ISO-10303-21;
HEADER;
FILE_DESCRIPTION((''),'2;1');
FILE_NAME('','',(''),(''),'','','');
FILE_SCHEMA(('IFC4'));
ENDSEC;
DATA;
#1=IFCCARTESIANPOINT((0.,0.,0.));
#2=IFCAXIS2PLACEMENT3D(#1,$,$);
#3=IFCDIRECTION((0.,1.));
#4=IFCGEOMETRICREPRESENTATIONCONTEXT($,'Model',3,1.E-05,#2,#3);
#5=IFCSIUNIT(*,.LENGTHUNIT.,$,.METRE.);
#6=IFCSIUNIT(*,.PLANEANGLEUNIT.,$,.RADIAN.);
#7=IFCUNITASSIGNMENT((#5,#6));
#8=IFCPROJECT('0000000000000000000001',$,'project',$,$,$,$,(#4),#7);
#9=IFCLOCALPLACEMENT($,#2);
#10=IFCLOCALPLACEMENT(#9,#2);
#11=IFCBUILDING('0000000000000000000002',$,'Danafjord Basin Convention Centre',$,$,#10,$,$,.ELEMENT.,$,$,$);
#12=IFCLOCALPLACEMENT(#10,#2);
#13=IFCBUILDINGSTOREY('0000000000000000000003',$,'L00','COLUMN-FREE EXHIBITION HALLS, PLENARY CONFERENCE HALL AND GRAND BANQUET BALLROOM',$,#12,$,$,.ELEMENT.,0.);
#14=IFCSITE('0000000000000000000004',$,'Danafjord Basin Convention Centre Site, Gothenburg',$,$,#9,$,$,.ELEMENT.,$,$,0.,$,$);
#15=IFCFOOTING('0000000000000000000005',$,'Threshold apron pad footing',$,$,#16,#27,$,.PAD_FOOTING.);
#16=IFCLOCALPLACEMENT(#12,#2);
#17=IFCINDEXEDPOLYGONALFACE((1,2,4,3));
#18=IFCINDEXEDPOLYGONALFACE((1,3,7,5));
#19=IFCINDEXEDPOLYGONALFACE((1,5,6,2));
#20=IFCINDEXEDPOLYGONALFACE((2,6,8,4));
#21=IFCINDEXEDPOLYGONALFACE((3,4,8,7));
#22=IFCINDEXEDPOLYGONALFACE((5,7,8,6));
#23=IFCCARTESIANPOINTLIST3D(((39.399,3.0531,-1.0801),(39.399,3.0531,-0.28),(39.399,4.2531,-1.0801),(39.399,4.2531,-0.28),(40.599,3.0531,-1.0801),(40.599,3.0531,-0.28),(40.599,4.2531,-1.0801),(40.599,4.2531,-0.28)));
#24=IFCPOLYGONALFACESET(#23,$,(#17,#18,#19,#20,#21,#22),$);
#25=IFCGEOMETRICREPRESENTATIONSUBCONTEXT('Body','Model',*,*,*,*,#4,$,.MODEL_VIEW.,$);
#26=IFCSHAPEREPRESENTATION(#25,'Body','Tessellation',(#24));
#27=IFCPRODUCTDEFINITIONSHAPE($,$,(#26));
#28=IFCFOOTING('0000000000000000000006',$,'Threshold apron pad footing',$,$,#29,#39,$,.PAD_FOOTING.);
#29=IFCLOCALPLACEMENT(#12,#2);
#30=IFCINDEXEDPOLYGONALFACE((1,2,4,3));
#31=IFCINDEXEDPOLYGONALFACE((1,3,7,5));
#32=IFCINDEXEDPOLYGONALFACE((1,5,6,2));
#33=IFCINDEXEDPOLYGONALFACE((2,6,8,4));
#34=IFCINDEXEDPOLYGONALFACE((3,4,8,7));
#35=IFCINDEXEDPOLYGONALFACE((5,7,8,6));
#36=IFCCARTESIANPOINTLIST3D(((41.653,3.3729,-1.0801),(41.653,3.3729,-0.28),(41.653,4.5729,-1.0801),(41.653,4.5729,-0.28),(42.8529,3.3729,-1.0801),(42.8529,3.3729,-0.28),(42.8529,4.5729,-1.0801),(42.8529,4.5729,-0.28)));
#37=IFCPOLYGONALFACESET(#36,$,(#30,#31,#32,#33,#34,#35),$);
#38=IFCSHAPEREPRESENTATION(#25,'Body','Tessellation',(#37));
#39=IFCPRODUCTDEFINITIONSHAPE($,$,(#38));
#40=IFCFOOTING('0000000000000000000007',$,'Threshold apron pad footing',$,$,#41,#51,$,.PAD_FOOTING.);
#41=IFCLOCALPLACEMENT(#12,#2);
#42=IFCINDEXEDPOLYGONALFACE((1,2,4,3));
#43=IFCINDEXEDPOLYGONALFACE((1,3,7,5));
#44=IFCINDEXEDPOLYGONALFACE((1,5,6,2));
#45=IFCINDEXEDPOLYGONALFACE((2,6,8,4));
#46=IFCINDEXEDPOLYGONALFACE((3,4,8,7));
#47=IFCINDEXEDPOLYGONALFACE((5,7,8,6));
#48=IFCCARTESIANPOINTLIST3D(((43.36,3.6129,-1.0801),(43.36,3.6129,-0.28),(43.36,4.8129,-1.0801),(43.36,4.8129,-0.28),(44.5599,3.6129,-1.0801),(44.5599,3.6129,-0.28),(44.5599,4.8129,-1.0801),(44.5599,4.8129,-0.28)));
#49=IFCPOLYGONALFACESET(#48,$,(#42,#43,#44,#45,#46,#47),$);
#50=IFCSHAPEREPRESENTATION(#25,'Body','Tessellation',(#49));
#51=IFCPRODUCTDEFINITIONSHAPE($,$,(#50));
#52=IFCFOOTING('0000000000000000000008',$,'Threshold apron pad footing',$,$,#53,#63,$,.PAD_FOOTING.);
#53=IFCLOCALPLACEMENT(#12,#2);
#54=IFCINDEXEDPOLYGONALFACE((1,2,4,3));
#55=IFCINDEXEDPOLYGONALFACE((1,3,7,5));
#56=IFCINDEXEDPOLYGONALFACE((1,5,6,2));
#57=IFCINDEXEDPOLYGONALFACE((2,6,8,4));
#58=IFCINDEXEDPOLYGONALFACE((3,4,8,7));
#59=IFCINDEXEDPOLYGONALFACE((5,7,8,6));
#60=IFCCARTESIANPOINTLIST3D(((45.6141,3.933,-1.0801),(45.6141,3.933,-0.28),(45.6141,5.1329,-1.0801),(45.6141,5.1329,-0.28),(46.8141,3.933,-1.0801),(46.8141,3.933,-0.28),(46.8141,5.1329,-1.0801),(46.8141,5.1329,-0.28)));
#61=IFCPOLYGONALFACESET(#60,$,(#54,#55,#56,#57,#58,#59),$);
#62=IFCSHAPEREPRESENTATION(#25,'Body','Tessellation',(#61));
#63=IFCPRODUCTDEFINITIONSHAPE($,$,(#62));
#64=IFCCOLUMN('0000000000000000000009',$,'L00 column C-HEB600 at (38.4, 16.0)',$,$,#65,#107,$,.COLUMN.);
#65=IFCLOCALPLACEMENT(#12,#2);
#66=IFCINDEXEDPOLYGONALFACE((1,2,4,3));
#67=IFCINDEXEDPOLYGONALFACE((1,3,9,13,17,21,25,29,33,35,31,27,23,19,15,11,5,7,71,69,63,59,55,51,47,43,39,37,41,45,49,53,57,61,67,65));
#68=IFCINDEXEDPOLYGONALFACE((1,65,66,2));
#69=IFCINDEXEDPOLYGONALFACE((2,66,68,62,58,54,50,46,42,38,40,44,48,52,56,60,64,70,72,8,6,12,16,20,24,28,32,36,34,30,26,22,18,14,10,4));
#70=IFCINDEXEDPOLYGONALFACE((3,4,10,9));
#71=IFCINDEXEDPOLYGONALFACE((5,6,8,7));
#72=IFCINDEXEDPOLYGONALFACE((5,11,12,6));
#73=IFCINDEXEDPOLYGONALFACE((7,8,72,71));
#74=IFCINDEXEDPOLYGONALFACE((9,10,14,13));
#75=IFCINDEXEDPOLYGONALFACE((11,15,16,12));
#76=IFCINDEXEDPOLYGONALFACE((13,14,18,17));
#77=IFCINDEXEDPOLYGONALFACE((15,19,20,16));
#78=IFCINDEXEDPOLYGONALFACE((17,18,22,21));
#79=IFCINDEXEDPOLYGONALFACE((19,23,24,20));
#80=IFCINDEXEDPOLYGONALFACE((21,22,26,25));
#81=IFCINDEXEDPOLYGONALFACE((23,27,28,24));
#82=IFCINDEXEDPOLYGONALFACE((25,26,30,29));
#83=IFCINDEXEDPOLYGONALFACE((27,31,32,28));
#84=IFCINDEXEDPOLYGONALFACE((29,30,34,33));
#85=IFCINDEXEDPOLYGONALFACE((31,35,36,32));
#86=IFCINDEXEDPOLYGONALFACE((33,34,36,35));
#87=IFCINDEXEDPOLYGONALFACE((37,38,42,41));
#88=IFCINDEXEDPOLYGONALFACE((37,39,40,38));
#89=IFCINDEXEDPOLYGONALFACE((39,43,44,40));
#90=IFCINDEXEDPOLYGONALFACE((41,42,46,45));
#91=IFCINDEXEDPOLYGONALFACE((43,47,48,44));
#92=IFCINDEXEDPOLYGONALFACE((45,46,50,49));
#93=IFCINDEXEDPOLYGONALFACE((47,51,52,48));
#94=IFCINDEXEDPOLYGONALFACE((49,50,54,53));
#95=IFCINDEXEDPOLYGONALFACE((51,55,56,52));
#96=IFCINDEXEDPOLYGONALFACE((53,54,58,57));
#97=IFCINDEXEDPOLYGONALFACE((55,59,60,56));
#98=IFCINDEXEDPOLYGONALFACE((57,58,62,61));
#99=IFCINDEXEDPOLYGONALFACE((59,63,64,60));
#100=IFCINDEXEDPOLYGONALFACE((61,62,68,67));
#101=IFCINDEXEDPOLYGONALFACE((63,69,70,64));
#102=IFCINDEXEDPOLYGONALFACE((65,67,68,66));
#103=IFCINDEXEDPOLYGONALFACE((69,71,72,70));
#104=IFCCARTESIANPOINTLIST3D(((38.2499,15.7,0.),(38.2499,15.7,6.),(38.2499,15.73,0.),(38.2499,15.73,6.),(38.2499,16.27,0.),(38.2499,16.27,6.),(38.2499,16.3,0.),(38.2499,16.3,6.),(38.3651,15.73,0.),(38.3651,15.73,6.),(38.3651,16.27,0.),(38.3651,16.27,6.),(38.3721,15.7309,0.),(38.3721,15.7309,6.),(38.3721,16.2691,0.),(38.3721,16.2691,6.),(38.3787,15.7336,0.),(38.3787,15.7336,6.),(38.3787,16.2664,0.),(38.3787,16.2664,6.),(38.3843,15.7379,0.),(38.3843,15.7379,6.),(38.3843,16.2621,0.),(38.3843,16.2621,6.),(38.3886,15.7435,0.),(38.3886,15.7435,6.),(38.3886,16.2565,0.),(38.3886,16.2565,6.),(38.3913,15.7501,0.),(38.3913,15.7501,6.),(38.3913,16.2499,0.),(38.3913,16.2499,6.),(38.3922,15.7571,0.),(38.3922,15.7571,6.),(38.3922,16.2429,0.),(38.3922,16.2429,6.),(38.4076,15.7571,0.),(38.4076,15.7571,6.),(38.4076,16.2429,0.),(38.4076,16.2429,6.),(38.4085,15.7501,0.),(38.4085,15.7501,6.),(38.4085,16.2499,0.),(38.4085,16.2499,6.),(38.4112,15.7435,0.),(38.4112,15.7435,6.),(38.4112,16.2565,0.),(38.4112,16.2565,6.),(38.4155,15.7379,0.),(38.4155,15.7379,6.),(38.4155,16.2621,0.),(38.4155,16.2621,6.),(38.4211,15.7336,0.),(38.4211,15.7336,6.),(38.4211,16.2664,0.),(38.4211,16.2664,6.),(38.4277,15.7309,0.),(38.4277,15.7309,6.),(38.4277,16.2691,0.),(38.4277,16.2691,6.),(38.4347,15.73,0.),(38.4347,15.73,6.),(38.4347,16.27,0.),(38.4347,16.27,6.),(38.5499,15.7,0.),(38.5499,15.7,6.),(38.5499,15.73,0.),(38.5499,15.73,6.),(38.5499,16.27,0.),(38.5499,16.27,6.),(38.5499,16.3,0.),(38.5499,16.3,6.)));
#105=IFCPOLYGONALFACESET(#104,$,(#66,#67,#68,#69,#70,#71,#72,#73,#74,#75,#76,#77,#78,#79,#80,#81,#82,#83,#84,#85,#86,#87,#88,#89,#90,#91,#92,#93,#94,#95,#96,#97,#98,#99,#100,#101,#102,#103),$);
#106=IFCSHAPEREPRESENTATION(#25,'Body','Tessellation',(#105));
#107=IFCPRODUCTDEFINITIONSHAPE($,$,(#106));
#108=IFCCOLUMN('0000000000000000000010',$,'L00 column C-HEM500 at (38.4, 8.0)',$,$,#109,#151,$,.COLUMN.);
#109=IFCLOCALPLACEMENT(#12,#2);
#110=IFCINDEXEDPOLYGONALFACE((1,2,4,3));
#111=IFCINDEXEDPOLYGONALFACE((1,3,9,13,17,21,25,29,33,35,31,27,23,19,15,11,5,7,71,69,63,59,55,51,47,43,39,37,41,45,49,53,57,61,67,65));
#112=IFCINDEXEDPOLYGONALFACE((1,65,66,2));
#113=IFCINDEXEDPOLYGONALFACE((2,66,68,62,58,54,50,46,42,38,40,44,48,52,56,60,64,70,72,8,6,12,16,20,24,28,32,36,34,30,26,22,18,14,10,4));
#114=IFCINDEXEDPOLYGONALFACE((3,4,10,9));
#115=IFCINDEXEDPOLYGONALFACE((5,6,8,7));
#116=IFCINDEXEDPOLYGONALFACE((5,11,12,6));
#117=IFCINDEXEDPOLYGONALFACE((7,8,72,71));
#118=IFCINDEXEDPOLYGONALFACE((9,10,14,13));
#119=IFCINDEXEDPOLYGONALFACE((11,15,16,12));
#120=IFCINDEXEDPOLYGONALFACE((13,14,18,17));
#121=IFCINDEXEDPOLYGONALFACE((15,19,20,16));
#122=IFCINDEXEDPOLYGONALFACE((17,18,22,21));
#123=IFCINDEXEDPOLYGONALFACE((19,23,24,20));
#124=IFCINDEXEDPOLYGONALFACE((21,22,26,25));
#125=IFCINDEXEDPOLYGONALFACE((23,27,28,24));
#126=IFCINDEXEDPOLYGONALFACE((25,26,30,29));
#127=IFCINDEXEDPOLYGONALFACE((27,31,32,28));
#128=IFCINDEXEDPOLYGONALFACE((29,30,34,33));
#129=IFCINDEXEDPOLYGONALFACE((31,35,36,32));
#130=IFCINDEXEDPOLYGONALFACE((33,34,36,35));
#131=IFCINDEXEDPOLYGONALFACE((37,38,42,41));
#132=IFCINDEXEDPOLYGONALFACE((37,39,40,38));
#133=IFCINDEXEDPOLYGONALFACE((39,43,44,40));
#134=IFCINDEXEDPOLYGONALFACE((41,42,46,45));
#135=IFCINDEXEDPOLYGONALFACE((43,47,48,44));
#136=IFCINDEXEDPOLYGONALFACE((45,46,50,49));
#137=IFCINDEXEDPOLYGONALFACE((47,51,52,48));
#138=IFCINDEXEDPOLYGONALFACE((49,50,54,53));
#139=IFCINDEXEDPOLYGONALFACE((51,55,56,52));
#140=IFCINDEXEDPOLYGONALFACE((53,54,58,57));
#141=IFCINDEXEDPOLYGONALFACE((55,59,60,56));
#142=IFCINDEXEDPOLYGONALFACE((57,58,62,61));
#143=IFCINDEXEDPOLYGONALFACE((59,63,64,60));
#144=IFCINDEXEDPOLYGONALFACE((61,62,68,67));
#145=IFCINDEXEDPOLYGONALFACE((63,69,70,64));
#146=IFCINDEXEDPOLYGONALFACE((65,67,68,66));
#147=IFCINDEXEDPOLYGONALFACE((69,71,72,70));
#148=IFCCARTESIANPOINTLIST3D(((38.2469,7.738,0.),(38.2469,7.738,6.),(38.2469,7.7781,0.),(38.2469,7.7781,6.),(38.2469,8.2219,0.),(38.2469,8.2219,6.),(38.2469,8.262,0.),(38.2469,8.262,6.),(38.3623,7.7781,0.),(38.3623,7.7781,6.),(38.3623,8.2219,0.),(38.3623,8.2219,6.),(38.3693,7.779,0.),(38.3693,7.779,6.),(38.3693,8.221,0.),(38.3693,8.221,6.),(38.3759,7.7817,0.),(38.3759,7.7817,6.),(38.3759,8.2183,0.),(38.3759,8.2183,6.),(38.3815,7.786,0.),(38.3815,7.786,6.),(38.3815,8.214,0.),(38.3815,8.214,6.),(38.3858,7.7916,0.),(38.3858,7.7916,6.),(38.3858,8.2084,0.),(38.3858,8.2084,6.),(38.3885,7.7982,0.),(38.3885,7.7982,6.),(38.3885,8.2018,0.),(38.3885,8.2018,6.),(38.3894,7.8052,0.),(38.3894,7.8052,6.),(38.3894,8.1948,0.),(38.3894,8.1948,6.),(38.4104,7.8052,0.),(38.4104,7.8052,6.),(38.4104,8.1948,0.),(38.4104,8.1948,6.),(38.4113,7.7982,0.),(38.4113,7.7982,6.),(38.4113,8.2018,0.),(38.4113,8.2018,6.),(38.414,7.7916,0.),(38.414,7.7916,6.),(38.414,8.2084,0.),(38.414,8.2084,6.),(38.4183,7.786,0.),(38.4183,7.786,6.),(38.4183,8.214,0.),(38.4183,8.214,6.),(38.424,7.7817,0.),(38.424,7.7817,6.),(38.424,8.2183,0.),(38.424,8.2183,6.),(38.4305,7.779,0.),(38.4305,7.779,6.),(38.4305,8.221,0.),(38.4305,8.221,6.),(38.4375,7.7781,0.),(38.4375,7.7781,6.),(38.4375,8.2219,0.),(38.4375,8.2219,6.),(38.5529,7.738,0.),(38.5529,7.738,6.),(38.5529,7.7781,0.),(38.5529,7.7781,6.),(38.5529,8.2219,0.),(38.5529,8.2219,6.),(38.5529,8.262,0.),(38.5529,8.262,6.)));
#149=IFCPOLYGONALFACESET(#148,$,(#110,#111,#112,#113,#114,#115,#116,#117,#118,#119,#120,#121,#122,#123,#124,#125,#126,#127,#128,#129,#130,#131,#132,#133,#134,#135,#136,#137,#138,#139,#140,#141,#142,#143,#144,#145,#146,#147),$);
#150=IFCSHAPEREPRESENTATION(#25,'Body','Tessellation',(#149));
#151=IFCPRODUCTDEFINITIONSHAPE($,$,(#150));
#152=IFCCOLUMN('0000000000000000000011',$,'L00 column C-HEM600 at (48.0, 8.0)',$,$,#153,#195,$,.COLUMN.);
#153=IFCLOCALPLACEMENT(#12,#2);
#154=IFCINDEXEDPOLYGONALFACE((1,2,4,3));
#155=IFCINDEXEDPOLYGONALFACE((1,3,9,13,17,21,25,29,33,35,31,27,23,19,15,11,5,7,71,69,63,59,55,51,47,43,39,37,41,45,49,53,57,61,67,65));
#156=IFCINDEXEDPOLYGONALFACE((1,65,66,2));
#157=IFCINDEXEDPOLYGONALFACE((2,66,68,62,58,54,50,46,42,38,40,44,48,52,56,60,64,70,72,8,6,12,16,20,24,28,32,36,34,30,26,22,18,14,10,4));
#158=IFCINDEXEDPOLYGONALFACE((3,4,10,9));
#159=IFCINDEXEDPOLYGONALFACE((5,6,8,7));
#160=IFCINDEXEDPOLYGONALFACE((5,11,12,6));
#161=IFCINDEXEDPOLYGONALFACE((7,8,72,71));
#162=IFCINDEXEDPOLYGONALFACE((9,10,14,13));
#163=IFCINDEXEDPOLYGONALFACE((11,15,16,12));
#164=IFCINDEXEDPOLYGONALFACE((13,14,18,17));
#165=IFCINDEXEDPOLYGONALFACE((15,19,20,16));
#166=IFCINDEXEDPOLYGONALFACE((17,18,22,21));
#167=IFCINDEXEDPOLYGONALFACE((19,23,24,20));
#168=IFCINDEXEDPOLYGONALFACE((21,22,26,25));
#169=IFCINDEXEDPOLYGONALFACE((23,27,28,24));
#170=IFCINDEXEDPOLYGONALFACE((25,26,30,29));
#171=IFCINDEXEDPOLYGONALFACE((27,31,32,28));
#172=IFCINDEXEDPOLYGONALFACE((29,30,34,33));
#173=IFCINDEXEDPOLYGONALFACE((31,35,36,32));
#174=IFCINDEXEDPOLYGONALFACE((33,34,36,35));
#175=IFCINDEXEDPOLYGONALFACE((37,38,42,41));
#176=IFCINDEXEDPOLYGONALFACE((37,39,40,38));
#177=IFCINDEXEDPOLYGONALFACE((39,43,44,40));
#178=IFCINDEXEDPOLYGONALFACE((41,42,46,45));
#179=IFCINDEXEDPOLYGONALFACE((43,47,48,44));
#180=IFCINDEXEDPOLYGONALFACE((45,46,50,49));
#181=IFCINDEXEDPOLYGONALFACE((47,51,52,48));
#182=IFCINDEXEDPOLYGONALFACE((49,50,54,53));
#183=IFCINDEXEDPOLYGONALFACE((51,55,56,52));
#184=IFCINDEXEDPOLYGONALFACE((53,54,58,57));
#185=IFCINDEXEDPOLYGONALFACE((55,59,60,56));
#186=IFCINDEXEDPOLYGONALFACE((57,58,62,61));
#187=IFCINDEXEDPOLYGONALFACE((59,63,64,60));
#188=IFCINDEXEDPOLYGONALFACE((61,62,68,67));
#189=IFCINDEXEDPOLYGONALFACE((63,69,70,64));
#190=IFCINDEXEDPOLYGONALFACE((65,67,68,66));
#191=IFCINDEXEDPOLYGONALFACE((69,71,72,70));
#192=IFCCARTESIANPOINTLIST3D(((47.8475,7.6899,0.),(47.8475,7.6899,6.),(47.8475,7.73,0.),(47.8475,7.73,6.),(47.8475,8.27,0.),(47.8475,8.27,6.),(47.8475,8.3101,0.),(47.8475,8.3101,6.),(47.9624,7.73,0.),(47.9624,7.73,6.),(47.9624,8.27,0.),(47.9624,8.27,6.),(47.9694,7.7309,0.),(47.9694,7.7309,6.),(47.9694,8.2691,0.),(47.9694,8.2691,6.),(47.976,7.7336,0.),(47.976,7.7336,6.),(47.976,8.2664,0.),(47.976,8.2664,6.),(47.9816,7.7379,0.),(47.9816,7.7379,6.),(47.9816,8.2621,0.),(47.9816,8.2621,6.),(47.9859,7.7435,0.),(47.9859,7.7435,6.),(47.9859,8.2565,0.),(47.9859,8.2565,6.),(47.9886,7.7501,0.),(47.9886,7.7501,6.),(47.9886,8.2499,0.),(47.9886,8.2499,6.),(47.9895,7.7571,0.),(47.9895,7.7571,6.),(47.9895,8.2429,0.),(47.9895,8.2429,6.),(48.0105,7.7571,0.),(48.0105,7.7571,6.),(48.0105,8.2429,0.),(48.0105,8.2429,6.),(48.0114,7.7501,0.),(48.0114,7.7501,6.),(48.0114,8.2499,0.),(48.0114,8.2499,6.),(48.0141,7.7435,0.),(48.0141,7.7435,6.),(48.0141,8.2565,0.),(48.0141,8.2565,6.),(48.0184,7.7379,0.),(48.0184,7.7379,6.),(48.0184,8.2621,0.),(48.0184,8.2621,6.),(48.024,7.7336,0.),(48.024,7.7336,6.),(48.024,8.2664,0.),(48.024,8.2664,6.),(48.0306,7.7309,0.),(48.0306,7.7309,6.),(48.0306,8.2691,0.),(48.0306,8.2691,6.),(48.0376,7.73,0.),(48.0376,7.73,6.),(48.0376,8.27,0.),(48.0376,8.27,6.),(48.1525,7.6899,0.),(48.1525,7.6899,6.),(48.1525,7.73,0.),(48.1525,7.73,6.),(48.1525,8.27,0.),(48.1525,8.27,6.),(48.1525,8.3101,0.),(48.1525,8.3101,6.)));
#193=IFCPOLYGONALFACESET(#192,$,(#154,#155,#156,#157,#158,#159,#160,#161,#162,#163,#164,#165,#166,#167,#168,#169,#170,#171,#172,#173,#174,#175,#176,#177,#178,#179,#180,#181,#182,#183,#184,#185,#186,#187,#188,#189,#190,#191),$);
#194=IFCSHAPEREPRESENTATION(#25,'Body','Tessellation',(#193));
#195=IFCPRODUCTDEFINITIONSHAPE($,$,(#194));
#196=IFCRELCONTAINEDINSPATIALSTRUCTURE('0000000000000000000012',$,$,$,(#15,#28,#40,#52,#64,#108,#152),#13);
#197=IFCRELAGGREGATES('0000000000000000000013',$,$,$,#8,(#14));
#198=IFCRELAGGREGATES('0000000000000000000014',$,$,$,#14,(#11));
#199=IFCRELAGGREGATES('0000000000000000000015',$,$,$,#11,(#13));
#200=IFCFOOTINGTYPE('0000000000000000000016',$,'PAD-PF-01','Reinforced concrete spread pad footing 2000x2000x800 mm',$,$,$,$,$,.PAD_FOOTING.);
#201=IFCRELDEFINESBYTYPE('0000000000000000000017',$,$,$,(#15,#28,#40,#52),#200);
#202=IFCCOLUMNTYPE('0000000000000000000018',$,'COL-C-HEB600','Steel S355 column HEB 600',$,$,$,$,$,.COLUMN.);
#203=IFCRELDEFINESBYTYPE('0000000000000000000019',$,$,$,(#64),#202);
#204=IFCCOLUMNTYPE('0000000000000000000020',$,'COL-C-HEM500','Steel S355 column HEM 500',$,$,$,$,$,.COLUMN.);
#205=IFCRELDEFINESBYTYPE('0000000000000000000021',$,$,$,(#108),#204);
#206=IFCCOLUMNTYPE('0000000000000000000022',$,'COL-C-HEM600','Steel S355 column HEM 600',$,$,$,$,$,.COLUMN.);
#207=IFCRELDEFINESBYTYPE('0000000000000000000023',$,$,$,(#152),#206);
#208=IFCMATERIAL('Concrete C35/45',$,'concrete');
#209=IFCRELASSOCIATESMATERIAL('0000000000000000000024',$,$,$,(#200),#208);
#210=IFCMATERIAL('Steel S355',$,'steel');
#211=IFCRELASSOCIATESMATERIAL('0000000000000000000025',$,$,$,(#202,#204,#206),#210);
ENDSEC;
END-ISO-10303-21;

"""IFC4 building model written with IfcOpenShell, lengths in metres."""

from ifc_helpers import new_model, si_unit, direction, frame, origin, origin_2d, place, context, subcontext, project, spatial, rectangle, i_section, extrude, material, material_profile, profile_set, type_object, element, save


model = new_model("IFC4")

# Units and contexts
model_context = context("Model", 3, precision=1e-05, world=origin(), true_north=direction((0.0, 1.0)))
body_context = subcontext(model_context, "Body", "Model", "MODEL_VIEW")
ifc_project = project(units=[si_unit("LENGTHUNIT", "METRE"), si_unit("PLANEANGLEUNIT", "RADIAN")], contexts=[model_context])

# Site, building, storey
site_placement = place(None, origin())
site = spatial("IfcSite", under=ifc_project, at=site_placement, Name="Danafjord Basin Convention Centre Site, Gothenburg", CompositionType="ELEMENT", RefElevation=0.0)
building_placement = place(site_placement, origin())
building = spatial("IfcBuilding", under=site, at=building_placement, Name="Danafjord Basin Convention Centre", CompositionType="ELEMENT")
storey_placement = place(building_placement, origin())
storey = spatial("IfcBuildingStorey", under=building, at=storey_placement, Name="L00", Description="COLUMN-FREE EXHIBITION HALLS, PLENARY CONFERENCE HALL AND GRAND BANQUET BALLROOM", CompositionType="ELEMENT", Elevation=0.0)

# Footings
ifc_material_1 = material(Name="Concrete C35/45", Category="concrete")
footing_type = type_object("IfcFootingType", Name="PAD-PF-01", Description="Reinforced concrete spread pad footing 2000x2000x800 mm", PredefinedType="PAD_FOOTING", material=ifc_material_1)
for number, where, z_axis, x_axis, name in (
    (1, (39.999, 3.6531, -1.0801), (0.0, 0.0, 1.0), (1.0, 0.0, 0.0), "Threshold apron pad footing"),
    (2, (42.2529, 3.9729, -1.0801), (0.0, 0.0, 1.0), (1.0, 0.0, 0.0), "Threshold apron pad footing"),
    (3, (43.96, 4.2129, -1.0801), (0.0, 0.0, 1.0), (1.0, 0.0, 0.0), "Threshold apron pad footing"),
    (4, (46.2141, 4.533, -1.0801), (0.0, 0.0, 1.0), (1.0, 0.0, 0.0), "Threshold apron pad footing"),
):
    element("IfcFooting", number, at=place(storey_placement, frame(where, z_axis=z_axis, x_axis=x_axis)), inside=storey, type_object=footing_type, Name=name, PredefinedType="PAD_FOOTING", context=body_context, shape_type="SweptSolid", body=[
        extrude(rectangle(XDim=1.2, YDim=1.2, at=origin_2d()), origin(), (0.0, 0.0, 1.0), 0.8),
    ])

# Columns
ifc_material_2 = material(Name="Steel S355", Category="steel")
ifc_material_profile_1 = material_profile(ifc_material_2, i_section(OverallWidth=0.3, OverallDepth=0.6001, WebThickness=0.0154, FlangeThickness=0.03, FilletRadius=0.0271, at=origin_2d()), Name="HEB 600")
ifc_profile_set_1 = profile_set([ifc_material_profile_1], Name="Steel S355")
column_type_1 = type_object("IfcColumnType", Name="COL-C-HEB600", Description="Steel S355 column HEB 600", PredefinedType="COLUMN", material=ifc_profile_set_1)
column_1_placement = place(storey_placement, frame((38.3999, 16.0, 0.0), z_axis=(0.0, 0.0, 1.0), x_axis=(1.0, 0.0, 0.0)))
element("IfcColumn", 5, at=column_1_placement, inside=storey, type_object=column_type_1, Name="L00 column C-HEB600 at (38.4, 16.0)", PredefinedType="COLUMN", context=body_context, shape_type="SweptSolid", body=[
    extrude(i_section(OverallWidth=0.3, OverallDepth=0.6001, WebThickness=0.0154, FlangeThickness=0.03, FilletRadius=0.0271, at=origin_2d()), origin(), (0.0, 0.0, 1.0), 6.0),
])
ifc_material_profile_2 = material_profile(ifc_material_2, i_section(OverallWidth=0.3059, OverallDepth=0.5239, WebThickness=0.021, FlangeThickness=0.04, FilletRadius=0.0271, at=origin_2d()), Name="HEM 500")
ifc_profile_set_2 = profile_set([ifc_material_profile_2], Name="Steel S355")
column_type_2 = type_object("IfcColumnType", Name="COL-C-HEM500", Description="Steel S355 column HEM 500", PredefinedType="COLUMN", material=ifc_profile_set_2)
column_2_placement = place(storey_placement, frame((38.3999, 8.0, 0.0), z_axis=(0.0, 0.0, 1.0), x_axis=(1.0, 0.0, 0.0)))
element("IfcColumn", 6, at=column_2_placement, inside=storey, type_object=column_type_2, Name="L00 column C-HEM500 at (38.4, 8.0)", PredefinedType="COLUMN", context=body_context, shape_type="SweptSolid", body=[
    extrude(i_section(OverallWidth=0.3059, OverallDepth=0.5239, WebThickness=0.021, FlangeThickness=0.04, FilletRadius=0.0271, at=origin_2d()), origin(), (0.0, 0.0, 1.0), 6.0),
])
ifc_material_profile_3 = material_profile(ifc_material_2, i_section(OverallWidth=0.3049, OverallDepth=0.6201, WebThickness=0.021, FlangeThickness=0.04, FilletRadius=0.0271, at=origin_2d()), Name="HEM 600")
ifc_profile_set_3 = profile_set([ifc_material_profile_3], Name="Steel S355")
column_type_3 = type_object("IfcColumnType", Name="COL-C-HEM600", Description="Steel S355 column HEM 600", PredefinedType="COLUMN", material=ifc_profile_set_3)
column_3_placement = place(storey_placement, frame((48.0, 8.0, 0.0), z_axis=(0.0, 0.0, 1.0), x_axis=(1.0, 0.0, 0.0)))
element("IfcColumn", 7, at=column_3_placement, inside=storey, type_object=column_type_3, Name="L00 column C-HEM600 at (48.0, 8.0)", PredefinedType="COLUMN", context=body_context, shape_type="SweptSolid", body=[
    extrude(i_section(OverallWidth=0.3049, OverallDepth=0.6201, WebThickness=0.021, FlangeThickness=0.04, FilletRadius=0.0271, at=origin_2d()), origin(), (0.0, 0.0, 1.0), 6.0),
])

save(model, "model.ifc")
